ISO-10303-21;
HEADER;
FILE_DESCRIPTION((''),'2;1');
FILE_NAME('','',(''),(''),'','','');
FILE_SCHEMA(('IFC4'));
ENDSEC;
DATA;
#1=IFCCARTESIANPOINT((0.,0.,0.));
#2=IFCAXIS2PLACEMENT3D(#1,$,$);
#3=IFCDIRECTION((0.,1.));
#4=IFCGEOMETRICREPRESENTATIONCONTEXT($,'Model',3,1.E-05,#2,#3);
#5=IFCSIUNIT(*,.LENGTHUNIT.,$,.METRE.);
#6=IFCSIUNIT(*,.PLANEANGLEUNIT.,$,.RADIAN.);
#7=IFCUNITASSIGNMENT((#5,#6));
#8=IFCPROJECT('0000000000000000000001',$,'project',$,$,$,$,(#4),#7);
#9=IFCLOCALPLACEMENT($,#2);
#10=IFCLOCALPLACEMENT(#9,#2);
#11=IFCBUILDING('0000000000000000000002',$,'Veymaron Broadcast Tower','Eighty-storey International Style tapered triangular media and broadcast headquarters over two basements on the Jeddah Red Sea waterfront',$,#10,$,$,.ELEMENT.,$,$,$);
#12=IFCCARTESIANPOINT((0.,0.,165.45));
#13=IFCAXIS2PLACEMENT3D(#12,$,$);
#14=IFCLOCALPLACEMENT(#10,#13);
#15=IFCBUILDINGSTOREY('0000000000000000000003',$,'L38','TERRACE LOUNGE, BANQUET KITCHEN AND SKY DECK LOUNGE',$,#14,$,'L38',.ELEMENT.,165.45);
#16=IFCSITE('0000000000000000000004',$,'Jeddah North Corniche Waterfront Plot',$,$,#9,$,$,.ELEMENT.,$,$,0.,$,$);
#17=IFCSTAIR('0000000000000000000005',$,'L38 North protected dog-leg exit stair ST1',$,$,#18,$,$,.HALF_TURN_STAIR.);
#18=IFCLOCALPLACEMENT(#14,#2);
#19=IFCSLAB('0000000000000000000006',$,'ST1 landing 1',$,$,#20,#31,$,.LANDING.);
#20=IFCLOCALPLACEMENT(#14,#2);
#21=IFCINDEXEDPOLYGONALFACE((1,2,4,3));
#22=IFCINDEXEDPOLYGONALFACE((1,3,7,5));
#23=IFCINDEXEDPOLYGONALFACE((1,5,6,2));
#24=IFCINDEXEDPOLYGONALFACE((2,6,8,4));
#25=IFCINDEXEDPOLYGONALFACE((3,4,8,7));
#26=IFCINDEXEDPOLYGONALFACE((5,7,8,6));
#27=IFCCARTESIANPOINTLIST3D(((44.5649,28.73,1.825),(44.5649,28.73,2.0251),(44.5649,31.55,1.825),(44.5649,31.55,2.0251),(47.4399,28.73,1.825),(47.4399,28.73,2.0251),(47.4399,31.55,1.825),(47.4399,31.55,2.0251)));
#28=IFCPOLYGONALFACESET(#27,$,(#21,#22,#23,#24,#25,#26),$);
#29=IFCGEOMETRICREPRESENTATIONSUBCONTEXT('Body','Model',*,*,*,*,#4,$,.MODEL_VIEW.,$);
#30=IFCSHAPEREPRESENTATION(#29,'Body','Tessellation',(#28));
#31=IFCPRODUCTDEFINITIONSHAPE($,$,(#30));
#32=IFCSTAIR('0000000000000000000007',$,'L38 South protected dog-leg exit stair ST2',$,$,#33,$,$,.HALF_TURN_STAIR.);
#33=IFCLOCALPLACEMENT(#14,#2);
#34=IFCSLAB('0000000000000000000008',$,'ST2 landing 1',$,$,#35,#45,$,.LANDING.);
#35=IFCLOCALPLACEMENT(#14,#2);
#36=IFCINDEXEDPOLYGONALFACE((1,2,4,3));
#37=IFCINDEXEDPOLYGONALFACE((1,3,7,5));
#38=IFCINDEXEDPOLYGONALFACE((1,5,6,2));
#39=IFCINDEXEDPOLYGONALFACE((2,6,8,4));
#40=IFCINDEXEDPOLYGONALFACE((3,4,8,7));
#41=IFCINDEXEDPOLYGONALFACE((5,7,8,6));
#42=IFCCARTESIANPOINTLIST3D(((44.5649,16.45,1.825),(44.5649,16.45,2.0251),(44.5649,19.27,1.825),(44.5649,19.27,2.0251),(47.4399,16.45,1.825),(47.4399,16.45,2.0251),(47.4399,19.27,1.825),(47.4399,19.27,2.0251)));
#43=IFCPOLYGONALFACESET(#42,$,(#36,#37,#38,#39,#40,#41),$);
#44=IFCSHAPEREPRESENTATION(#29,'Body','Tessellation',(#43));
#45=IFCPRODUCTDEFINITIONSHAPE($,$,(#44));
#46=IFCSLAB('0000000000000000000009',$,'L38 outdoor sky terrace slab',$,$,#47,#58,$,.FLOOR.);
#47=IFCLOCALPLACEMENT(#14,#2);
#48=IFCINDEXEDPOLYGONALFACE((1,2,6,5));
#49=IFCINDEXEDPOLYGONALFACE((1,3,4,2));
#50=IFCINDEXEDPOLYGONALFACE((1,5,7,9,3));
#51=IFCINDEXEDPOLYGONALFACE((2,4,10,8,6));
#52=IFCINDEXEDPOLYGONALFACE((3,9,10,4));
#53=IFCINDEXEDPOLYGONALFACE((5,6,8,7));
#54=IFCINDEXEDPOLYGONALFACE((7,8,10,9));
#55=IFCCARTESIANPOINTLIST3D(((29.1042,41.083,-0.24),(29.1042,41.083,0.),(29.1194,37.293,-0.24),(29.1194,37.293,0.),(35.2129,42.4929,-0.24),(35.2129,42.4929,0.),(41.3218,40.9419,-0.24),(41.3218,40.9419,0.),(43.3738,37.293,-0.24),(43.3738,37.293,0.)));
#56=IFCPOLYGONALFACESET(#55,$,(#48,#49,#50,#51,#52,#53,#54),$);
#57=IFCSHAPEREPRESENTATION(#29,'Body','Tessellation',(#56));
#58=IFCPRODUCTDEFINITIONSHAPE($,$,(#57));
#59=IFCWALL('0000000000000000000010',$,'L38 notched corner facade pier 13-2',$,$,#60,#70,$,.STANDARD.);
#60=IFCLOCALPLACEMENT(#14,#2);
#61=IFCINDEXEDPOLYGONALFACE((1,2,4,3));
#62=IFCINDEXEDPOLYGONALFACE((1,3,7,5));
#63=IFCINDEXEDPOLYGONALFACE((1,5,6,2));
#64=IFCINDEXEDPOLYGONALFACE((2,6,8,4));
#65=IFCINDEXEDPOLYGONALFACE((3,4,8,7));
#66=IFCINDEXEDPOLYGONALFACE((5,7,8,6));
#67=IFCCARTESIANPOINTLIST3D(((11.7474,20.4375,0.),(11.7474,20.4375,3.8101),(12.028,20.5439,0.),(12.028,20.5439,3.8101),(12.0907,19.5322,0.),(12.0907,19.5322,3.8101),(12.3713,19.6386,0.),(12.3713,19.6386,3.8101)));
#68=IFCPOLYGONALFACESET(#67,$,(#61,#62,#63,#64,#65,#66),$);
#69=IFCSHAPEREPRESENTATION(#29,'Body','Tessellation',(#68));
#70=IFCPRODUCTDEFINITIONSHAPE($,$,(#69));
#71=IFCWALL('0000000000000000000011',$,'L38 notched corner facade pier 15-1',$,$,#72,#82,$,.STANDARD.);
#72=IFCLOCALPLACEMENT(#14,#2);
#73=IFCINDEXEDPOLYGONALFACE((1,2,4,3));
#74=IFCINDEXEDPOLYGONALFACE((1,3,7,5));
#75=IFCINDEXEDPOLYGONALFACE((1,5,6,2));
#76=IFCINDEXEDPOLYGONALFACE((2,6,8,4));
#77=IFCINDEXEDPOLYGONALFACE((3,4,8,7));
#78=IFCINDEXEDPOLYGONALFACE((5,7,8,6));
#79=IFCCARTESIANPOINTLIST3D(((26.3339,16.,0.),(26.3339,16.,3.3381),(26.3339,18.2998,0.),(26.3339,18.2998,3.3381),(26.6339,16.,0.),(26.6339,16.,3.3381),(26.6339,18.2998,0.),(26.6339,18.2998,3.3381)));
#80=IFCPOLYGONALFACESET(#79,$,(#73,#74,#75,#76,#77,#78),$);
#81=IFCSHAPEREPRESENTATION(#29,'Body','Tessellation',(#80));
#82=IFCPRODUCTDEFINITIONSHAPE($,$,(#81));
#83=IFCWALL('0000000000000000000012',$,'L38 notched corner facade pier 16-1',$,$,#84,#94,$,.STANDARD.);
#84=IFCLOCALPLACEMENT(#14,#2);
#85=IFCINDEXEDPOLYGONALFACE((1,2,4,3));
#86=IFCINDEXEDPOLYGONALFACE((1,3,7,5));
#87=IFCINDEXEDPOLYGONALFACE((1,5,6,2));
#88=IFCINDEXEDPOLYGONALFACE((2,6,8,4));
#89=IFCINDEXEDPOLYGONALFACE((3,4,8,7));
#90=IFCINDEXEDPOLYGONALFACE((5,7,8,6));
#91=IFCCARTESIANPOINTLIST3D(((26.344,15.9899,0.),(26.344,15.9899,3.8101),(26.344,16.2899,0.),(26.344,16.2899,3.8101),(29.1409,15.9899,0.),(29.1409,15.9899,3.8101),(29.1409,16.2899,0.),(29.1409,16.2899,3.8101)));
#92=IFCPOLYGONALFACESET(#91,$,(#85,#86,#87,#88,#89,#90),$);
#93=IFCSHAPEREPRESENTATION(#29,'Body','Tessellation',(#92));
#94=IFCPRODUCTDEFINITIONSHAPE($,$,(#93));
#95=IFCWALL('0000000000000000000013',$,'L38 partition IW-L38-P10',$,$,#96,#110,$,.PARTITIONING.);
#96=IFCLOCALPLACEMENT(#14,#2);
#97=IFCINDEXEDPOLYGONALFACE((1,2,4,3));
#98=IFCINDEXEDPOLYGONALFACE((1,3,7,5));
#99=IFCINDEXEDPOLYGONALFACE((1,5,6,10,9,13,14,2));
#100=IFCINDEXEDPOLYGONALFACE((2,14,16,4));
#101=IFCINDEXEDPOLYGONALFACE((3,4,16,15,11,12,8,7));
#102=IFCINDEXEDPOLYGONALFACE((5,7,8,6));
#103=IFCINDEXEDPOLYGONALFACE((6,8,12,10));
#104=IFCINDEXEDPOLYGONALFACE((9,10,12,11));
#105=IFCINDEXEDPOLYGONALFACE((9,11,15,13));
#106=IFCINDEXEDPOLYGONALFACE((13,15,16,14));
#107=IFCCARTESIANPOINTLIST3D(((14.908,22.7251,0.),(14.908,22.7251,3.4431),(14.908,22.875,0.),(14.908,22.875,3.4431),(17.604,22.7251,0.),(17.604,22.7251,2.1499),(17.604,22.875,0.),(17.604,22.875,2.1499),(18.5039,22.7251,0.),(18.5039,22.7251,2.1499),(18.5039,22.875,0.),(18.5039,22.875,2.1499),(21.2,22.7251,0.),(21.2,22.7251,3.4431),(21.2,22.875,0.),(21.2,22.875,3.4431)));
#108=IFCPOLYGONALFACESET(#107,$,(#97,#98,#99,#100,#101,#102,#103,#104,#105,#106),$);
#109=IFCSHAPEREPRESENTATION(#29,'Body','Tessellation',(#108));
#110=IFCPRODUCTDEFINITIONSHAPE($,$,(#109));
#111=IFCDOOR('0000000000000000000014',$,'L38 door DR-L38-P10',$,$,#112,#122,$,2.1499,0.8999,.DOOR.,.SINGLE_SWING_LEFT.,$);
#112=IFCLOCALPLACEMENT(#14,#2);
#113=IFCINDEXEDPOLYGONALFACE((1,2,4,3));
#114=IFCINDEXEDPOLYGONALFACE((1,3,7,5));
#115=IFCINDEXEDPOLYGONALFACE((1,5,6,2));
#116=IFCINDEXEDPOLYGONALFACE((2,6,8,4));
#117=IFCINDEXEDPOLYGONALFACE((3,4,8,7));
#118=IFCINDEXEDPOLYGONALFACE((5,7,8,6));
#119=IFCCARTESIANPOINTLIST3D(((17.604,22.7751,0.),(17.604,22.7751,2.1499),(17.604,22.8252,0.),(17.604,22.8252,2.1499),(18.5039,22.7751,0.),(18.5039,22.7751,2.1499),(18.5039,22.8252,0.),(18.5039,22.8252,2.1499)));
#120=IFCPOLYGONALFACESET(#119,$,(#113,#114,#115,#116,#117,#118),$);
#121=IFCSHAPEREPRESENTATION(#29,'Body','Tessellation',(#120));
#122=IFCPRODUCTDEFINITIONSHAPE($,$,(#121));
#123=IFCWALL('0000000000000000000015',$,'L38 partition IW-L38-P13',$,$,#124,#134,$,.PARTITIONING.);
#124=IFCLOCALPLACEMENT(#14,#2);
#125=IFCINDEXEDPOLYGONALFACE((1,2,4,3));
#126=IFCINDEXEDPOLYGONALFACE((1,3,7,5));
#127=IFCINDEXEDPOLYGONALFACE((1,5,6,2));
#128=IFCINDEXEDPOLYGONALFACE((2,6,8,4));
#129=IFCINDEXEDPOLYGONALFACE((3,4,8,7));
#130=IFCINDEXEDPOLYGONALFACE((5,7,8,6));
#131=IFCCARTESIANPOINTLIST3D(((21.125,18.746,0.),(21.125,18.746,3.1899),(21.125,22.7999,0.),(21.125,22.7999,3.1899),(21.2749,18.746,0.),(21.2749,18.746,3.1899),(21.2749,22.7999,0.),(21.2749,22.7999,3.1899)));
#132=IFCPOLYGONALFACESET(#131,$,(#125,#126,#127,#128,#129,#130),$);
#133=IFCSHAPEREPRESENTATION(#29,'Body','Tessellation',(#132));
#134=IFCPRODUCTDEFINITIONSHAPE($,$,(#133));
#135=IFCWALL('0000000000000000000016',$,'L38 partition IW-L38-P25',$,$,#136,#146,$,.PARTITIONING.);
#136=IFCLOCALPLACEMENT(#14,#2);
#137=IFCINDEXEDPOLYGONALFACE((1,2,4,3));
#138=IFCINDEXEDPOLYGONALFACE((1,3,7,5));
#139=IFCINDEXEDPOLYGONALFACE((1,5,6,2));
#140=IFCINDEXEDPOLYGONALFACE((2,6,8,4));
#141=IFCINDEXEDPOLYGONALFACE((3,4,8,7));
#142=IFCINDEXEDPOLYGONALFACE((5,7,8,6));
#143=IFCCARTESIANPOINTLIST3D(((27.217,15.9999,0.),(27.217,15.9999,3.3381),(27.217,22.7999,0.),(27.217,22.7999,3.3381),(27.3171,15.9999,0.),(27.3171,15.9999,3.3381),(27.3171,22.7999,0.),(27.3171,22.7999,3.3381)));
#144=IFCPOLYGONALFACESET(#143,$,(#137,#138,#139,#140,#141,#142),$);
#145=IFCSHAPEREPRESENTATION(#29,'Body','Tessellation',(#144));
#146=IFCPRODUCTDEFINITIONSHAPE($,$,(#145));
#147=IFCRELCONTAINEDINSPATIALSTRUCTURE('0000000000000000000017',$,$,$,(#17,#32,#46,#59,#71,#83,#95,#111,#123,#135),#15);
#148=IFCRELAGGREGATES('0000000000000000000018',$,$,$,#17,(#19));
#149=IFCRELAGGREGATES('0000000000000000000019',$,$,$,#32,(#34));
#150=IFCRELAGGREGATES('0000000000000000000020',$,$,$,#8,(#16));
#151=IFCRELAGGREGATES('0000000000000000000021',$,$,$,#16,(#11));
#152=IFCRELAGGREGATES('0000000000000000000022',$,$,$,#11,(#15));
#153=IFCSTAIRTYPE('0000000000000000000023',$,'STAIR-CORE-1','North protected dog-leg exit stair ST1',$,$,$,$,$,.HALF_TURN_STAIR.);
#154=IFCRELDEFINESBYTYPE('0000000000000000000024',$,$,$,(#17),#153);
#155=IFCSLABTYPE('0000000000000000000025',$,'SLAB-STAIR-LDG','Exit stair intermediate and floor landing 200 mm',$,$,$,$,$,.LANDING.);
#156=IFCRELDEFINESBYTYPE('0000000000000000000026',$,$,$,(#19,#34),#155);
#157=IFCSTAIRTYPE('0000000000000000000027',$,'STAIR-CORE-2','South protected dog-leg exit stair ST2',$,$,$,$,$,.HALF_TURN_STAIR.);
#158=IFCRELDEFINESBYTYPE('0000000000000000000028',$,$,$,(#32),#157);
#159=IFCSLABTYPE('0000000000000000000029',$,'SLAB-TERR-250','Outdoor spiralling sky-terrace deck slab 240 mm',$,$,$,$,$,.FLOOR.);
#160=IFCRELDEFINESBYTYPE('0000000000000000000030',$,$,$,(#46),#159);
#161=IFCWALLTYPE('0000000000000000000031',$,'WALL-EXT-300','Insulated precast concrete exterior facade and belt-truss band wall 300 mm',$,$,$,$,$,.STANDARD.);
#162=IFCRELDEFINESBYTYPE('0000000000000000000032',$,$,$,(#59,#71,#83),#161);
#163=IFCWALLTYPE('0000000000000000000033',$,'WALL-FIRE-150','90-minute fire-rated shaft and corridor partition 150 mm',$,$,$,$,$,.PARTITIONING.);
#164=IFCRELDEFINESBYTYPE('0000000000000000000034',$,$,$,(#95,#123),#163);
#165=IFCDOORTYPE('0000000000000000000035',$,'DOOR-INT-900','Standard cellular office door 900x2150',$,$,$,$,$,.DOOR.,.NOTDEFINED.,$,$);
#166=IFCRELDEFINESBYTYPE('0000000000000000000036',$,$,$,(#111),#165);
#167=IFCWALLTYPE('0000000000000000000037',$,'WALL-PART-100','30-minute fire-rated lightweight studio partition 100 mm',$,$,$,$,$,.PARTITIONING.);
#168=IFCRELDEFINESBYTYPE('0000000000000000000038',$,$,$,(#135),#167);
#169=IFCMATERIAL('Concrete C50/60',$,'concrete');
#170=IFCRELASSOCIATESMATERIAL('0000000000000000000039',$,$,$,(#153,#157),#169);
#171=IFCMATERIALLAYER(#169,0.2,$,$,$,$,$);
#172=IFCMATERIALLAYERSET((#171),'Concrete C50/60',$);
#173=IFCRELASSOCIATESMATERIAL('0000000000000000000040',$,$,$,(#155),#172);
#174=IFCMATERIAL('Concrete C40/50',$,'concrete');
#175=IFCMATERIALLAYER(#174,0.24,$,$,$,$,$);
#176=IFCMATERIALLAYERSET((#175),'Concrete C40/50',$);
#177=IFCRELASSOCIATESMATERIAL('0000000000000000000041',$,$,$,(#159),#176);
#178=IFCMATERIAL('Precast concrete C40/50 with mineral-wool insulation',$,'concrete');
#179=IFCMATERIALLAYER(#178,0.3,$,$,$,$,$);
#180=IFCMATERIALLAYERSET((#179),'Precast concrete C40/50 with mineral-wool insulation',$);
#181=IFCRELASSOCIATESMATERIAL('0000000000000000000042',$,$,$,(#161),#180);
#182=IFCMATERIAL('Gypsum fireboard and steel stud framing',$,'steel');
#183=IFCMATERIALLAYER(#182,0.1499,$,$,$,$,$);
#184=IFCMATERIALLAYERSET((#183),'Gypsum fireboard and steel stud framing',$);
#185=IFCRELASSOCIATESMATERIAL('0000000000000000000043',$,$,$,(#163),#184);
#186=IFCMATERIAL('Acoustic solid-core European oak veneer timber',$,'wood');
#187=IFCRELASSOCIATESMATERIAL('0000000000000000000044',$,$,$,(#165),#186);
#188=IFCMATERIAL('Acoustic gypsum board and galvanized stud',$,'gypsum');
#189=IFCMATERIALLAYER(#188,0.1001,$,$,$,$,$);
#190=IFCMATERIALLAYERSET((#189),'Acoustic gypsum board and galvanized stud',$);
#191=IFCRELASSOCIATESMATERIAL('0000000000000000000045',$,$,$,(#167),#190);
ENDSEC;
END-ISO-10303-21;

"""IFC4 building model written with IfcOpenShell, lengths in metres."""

from ifc_helpers import new_model, si_unit, direction, frame, frame_2d, origin, place, context, subcontext, project, spatial, polyline, rectangle, outline, extrude, material, layer, layer_set, type_object, element, fill, aggregate, save


model = new_model("IFC4")

# Units and contexts
model_context = context("Model", 3, precision=1e-05, world=origin(), true_north=direction((0.0, 1.0)))
body_context = subcontext(model_context, "Body", "Model", "MODEL_VIEW")
ifc_project = project(units=[si_unit("LENGTHUNIT", "METRE"), si_unit("PLANEANGLEUNIT", "RADIAN")], contexts=[model_context])

# Site, building, storey
site_placement = place(None, origin())
site = spatial("IfcSite", under=ifc_project, at=site_placement, Name="Jeddah North Corniche Waterfront Plot", CompositionType="ELEMENT", RefElevation=0.0)
building_placement = place(site_placement, origin())
building = spatial("IfcBuilding", under=site, at=building_placement, Name="Veymaron Broadcast Tower", Description="Eighty-storey International Style tapered triangular media and broadcast headquarters over two basements on the Jeddah Red Sea waterfront", CompositionType="ELEMENT")
storey_placement = place(building_placement, frame((0.0, 0.0, 165.45)))
storey = spatial("IfcBuildingStorey", under=building, at=storey_placement, Name="L38", Description="TERRACE LOUNGE, BANQUET KITCHEN AND SKY DECK LOUNGE", LongName="L38", CompositionType="ELEMENT", Elevation=165.45)

# Shared definitions
ifc_material_1 = material(Name="Concrete C40/50", Category="concrete")

# Stairs, slabs
ifc_material_2 = material(Name="Concrete C50/60", Category="concrete")
stair_type_1 = type_object("IfcStairType", Name="STAIR-CORE-1", Description="North protected dog-leg exit stair ST1", PredefinedType="HALF_TURN_STAIR", material=ifc_material_2)
stair_1_placement = place(storey_placement, origin())
stair_1 = element("IfcStair", 1, at=stair_1_placement, inside=storey, type_object=stair_type_1, Name="L38 North protected dog-leg exit stair ST1", PredefinedType="HALF_TURN_STAIR")
ifc_layer_1 = layer(ifc_material_2, 0.2)
ifc_layer_set_1 = layer_set([ifc_layer_1], Name="Concrete C50/60")
slab_type_1 = type_object("IfcSlabType", Name="SLAB-STAIR-LDG", Description="Exit stair intermediate and floor landing 200 mm", PredefinedType="LANDING", material=ifc_layer_set_1)
slab_1_placement = place(storey_placement, frame((0.0, 0.0, 1.825)))
slab_1 = element("IfcSlab", 2, at=slab_1_placement, type_object=slab_type_1, Name="ST1 landing 1", PredefinedType="LANDING", context=body_context, shape_type="SweptSolid", body=[
    extrude(outline(polyline([(44.5649, 28.73), (47.4399, 28.73), (47.4399, 31.55), (44.5649, 31.55), (44.5649, 28.73)])), origin(), (0.0, 0.0, 1.0), 0.2002),
])
aggregate(stair_1, [slab_1])
stair_type_2 = type_object("IfcStairType", Name="STAIR-CORE-2", Description="South protected dog-leg exit stair ST2", PredefinedType="HALF_TURN_STAIR", material=ifc_material_2)
stair_2_placement = place(storey_placement, origin())
stair_2 = element("IfcStair", 3, at=stair_2_placement, inside=storey, type_object=stair_type_2, Name="L38 South protected dog-leg exit stair ST2", PredefinedType="HALF_TURN_STAIR")
slab_2_placement = place(storey_placement, frame((0.0, 0.0, 1.825)))
slab_2 = element("IfcSlab", 4, at=slab_2_placement, type_object=slab_type_1, Name="ST2 landing 1", PredefinedType="LANDING", context=body_context, shape_type="SweptSolid", body=[
    extrude(outline(polyline([(44.5649, 16.45), (47.4399, 16.45), (47.4399, 19.27), (44.5649, 19.27), (44.5649, 16.45)])), origin(), (0.0, 0.0, 1.0), 0.2002),
])
aggregate(stair_2, [slab_2])

# Slab
ifc_layer_2 = layer(ifc_material_1, 0.24)
ifc_layer_set_2 = layer_set([ifc_layer_2], Name="Concrete C40/50")
slab_type_2 = type_object("IfcSlabType", Name="SLAB-TERR-250", Description="Outdoor spiralling sky-terrace deck slab 240 mm", PredefinedType="FLOOR", material=ifc_layer_set_2)
slab_3_placement = place(storey_placement, frame((0.0, 0.0, -0.24)))
element("IfcSlab", 5, at=slab_3_placement, inside=storey, type_object=slab_type_2, Name="L38 outdoor sky terrace slab", PredefinedType="FLOOR", context=body_context, shape_type="SweptSolid", body=[
    extrude(outline(polyline([(29.1194, 37.293), (43.3738, 37.293), (41.3218, 40.9419), (35.2129, 42.4929), (29.1042, 41.083), (29.1194, 37.293)])), origin(), (0.0, 0.0, 1.0), 0.24),
])

# Walls
ifc_material_3 = material(Name="Precast concrete C40/50 with mineral-wool insulation", Category="concrete")
ifc_layer_3 = layer(ifc_material_3, 0.3)
ifc_layer_set_3 = layer_set([ifc_layer_3], Name="Precast concrete C40/50 with mineral-wool insulation")
wall_type_1 = type_object("IfcWallType", Name="WALL-EXT-300", Description="Insulated precast concrete exterior facade and belt-truss band wall 300 mm", PredefinedType="STANDARD", material=ifc_layer_set_3)
wall_1_placement = place(storey_placement, frame((11.8877, 20.4907, 0.0), z_axis=(0.0, 0.0, 1.0), x_axis=(0.354548, -0.935038, 0.0)))
element("IfcWall", 6, at=wall_1_placement, inside=storey, type_object=wall_type_1, Name="L38 notched corner facade pier 13-2", PredefinedType="STANDARD", context=body_context, shape_type="SweptSolid", body=[
    extrude(rectangle(XDim=0.9683, YDim=0.3, at=frame_2d((0.4841, 0.0))), origin(), (0.0, 0.0, 1.0), 3.8101),
])
wall_2_placement = place(storey_placement, frame((26.4839, 18.2998, 0.0), z_axis=(0.0, 0.0, 1.0), x_axis=(0.0, -1.0, 0.0)))
element("IfcWall", 7, at=wall_2_placement, inside=storey, type_object=wall_type_1, Name="L38 notched corner facade pier 15-1", PredefinedType="STANDARD", context=body_context, shape_type="SweptSolid", body=[
    extrude(rectangle(XDim=2.2998, YDim=0.3, at=frame_2d((1.1499, 0.0))), origin(), (0.0, 0.0, 1.0), 3.3381),
])
wall_3_placement = place(storey_placement, frame((26.344, 16.1399, 0.0), z_axis=(0.0, 0.0, 1.0), x_axis=(1.0, 0.0, 0.0)))
element("IfcWall", 8, at=wall_3_placement, inside=storey, type_object=wall_type_1, Name="L38 notched corner facade pier 16-1", PredefinedType="STANDARD", context=body_context, shape_type="SweptSolid", body=[
    extrude(rectangle(XDim=2.7969, YDim=0.3, at=frame_2d((1.3984, 0.0))), origin(), (0.0, 0.0, 1.0), 3.8101),
])

# Wall, opening, door
ifc_material_4 = material(Name="Gypsum fireboard and steel stud framing", Category="steel")
ifc_layer_4 = layer(ifc_material_4, 0.1499)
ifc_layer_set_4 = layer_set([ifc_layer_4], Name="Gypsum fireboard and steel stud framing")
wall_type_2 = type_object("IfcWallType", Name="WALL-FIRE-150", Description="90-minute fire-rated shaft and corridor partition 150 mm", PredefinedType="PARTITIONING", material=ifc_layer_set_4)
ifc_material_5 = material(Name="Acoustic solid-core European oak veneer timber", Category="wood")
door_type = type_object("IfcDoorType", Name="DOOR-INT-900", Description="Standard cellular office door 900x2150", OperationType="NOTDEFINED", PredefinedType="DOOR", material=ifc_material_5)
wall_4_placement = place(storey_placement, frame((14.908, 22.8, 0.0), z_axis=(0.0, 0.0, 1.0), x_axis=(1.0, 0.0, 0.0)))
wall_4 = element("IfcWall", 9, at=wall_4_placement, inside=storey, type_object=wall_type_2, Name="L38 partition IW-L38-P10", PredefinedType="PARTITIONING", context=body_context, shape_type="SweptSolid", body=[
    extrude(rectangle(XDim=6.292, YDim=0.1499, at=frame_2d((3.146, 0.0))), origin(), (0.0, 0.0, 1.0), 3.4431),
])
opening_1_placement = place(wall_4_placement, frame((2.696, 0.0, 0.0)))
opening_1 = element("IfcOpeningElement", 10, at=opening_1_placement, cuts=wall_4, PredefinedType="OPENING", context=body_context, shape_type="SweptSolid", body=[
    extrude(rectangle(XDim=0.8999, YDim=2.1499, at=frame_2d((0.45, 1.075))), frame((0.0, 0.085, 0.0), z_axis=(0.0, -1.0, 0.0), x_axis=(1.0, 0.0, 0.0)), (0.0, 0.0, 1.0), 0.1699),
])
door_1_placement = place(opening_1_placement, frame((0.8999, 0.0, 0.0), z_axis=(0.0, 0.0, 1.0), x_axis=(-1.0, 0.0, 0.0)))
door_1 = element("IfcDoor", 11, at=door_1_placement, inside=storey, type_object=door_type, Name="L38 door DR-L38-P10", OperationType="SINGLE_SWING_LEFT", OverallHeight=2.1499, OverallWidth=0.8999, PredefinedType="DOOR", context=body_context, shape_type="SweptSolid", body=[
    extrude(rectangle(XDim=0.8999, YDim=2.1499, at=frame_2d((0.45, 1.075))), frame((0.0, 0.0249, 0.0), z_axis=(0.0, -1.0, 0.0), x_axis=(1.0, 0.0, 0.0)), (0.0, 0.0, 1.0), 0.05),
])
fill(opening_1, door_1)

# Walls
wall_5_placement = place(storey_placement, frame((21.2, 18.7461, 0.0), z_axis=(0.0, 0.0, 1.0), x_axis=(0.0, 1.0, 0.0)))
element("IfcWall", 12, at=wall_5_placement, inside=storey, type_object=wall_type_2, Name="L38 partition IW-L38-P13", PredefinedType="PARTITIONING", context=body_context, shape_type="SweptSolid", body=[
    extrude(rectangle(XDim=4.054, YDim=0.1499, at=frame_2d((2.0269, 0.0))), origin(), (0.0, 0.0, 1.0), 3.1899),
])
ifc_material_6 = material(Name="Acoustic gypsum board and galvanized stud", Category="gypsum")
ifc_layer_5 = layer(ifc_material_6, 0.1001)
ifc_layer_set_5 = layer_set([ifc_layer_5], Name="Acoustic gypsum board and galvanized stud")
wall_type_3 = type_object("IfcWallType", Name="WALL-PART-100", Description="30-minute fire-rated lightweight studio partition 100 mm", PredefinedType="PARTITIONING", material=ifc_layer_set_5)
wall_6_placement = place(storey_placement, frame((27.2671, 16.0, 0.0), z_axis=(0.0, 0.0, 1.0), x_axis=(0.0, 1.0, 0.0)))
element("IfcWall", 13, at=wall_6_placement, inside=storey, type_object=wall_type_3, Name="L38 partition IW-L38-P25", PredefinedType="PARTITIONING", context=body_context, shape_type="SweptSolid", body=[
    extrude(rectangle(XDim=6.8, YDim=0.1001, at=frame_2d((3.3999, 0.0))), origin(), (0.0, 0.0, 1.0), 3.3381),
])

save(model, "model.ifc")
